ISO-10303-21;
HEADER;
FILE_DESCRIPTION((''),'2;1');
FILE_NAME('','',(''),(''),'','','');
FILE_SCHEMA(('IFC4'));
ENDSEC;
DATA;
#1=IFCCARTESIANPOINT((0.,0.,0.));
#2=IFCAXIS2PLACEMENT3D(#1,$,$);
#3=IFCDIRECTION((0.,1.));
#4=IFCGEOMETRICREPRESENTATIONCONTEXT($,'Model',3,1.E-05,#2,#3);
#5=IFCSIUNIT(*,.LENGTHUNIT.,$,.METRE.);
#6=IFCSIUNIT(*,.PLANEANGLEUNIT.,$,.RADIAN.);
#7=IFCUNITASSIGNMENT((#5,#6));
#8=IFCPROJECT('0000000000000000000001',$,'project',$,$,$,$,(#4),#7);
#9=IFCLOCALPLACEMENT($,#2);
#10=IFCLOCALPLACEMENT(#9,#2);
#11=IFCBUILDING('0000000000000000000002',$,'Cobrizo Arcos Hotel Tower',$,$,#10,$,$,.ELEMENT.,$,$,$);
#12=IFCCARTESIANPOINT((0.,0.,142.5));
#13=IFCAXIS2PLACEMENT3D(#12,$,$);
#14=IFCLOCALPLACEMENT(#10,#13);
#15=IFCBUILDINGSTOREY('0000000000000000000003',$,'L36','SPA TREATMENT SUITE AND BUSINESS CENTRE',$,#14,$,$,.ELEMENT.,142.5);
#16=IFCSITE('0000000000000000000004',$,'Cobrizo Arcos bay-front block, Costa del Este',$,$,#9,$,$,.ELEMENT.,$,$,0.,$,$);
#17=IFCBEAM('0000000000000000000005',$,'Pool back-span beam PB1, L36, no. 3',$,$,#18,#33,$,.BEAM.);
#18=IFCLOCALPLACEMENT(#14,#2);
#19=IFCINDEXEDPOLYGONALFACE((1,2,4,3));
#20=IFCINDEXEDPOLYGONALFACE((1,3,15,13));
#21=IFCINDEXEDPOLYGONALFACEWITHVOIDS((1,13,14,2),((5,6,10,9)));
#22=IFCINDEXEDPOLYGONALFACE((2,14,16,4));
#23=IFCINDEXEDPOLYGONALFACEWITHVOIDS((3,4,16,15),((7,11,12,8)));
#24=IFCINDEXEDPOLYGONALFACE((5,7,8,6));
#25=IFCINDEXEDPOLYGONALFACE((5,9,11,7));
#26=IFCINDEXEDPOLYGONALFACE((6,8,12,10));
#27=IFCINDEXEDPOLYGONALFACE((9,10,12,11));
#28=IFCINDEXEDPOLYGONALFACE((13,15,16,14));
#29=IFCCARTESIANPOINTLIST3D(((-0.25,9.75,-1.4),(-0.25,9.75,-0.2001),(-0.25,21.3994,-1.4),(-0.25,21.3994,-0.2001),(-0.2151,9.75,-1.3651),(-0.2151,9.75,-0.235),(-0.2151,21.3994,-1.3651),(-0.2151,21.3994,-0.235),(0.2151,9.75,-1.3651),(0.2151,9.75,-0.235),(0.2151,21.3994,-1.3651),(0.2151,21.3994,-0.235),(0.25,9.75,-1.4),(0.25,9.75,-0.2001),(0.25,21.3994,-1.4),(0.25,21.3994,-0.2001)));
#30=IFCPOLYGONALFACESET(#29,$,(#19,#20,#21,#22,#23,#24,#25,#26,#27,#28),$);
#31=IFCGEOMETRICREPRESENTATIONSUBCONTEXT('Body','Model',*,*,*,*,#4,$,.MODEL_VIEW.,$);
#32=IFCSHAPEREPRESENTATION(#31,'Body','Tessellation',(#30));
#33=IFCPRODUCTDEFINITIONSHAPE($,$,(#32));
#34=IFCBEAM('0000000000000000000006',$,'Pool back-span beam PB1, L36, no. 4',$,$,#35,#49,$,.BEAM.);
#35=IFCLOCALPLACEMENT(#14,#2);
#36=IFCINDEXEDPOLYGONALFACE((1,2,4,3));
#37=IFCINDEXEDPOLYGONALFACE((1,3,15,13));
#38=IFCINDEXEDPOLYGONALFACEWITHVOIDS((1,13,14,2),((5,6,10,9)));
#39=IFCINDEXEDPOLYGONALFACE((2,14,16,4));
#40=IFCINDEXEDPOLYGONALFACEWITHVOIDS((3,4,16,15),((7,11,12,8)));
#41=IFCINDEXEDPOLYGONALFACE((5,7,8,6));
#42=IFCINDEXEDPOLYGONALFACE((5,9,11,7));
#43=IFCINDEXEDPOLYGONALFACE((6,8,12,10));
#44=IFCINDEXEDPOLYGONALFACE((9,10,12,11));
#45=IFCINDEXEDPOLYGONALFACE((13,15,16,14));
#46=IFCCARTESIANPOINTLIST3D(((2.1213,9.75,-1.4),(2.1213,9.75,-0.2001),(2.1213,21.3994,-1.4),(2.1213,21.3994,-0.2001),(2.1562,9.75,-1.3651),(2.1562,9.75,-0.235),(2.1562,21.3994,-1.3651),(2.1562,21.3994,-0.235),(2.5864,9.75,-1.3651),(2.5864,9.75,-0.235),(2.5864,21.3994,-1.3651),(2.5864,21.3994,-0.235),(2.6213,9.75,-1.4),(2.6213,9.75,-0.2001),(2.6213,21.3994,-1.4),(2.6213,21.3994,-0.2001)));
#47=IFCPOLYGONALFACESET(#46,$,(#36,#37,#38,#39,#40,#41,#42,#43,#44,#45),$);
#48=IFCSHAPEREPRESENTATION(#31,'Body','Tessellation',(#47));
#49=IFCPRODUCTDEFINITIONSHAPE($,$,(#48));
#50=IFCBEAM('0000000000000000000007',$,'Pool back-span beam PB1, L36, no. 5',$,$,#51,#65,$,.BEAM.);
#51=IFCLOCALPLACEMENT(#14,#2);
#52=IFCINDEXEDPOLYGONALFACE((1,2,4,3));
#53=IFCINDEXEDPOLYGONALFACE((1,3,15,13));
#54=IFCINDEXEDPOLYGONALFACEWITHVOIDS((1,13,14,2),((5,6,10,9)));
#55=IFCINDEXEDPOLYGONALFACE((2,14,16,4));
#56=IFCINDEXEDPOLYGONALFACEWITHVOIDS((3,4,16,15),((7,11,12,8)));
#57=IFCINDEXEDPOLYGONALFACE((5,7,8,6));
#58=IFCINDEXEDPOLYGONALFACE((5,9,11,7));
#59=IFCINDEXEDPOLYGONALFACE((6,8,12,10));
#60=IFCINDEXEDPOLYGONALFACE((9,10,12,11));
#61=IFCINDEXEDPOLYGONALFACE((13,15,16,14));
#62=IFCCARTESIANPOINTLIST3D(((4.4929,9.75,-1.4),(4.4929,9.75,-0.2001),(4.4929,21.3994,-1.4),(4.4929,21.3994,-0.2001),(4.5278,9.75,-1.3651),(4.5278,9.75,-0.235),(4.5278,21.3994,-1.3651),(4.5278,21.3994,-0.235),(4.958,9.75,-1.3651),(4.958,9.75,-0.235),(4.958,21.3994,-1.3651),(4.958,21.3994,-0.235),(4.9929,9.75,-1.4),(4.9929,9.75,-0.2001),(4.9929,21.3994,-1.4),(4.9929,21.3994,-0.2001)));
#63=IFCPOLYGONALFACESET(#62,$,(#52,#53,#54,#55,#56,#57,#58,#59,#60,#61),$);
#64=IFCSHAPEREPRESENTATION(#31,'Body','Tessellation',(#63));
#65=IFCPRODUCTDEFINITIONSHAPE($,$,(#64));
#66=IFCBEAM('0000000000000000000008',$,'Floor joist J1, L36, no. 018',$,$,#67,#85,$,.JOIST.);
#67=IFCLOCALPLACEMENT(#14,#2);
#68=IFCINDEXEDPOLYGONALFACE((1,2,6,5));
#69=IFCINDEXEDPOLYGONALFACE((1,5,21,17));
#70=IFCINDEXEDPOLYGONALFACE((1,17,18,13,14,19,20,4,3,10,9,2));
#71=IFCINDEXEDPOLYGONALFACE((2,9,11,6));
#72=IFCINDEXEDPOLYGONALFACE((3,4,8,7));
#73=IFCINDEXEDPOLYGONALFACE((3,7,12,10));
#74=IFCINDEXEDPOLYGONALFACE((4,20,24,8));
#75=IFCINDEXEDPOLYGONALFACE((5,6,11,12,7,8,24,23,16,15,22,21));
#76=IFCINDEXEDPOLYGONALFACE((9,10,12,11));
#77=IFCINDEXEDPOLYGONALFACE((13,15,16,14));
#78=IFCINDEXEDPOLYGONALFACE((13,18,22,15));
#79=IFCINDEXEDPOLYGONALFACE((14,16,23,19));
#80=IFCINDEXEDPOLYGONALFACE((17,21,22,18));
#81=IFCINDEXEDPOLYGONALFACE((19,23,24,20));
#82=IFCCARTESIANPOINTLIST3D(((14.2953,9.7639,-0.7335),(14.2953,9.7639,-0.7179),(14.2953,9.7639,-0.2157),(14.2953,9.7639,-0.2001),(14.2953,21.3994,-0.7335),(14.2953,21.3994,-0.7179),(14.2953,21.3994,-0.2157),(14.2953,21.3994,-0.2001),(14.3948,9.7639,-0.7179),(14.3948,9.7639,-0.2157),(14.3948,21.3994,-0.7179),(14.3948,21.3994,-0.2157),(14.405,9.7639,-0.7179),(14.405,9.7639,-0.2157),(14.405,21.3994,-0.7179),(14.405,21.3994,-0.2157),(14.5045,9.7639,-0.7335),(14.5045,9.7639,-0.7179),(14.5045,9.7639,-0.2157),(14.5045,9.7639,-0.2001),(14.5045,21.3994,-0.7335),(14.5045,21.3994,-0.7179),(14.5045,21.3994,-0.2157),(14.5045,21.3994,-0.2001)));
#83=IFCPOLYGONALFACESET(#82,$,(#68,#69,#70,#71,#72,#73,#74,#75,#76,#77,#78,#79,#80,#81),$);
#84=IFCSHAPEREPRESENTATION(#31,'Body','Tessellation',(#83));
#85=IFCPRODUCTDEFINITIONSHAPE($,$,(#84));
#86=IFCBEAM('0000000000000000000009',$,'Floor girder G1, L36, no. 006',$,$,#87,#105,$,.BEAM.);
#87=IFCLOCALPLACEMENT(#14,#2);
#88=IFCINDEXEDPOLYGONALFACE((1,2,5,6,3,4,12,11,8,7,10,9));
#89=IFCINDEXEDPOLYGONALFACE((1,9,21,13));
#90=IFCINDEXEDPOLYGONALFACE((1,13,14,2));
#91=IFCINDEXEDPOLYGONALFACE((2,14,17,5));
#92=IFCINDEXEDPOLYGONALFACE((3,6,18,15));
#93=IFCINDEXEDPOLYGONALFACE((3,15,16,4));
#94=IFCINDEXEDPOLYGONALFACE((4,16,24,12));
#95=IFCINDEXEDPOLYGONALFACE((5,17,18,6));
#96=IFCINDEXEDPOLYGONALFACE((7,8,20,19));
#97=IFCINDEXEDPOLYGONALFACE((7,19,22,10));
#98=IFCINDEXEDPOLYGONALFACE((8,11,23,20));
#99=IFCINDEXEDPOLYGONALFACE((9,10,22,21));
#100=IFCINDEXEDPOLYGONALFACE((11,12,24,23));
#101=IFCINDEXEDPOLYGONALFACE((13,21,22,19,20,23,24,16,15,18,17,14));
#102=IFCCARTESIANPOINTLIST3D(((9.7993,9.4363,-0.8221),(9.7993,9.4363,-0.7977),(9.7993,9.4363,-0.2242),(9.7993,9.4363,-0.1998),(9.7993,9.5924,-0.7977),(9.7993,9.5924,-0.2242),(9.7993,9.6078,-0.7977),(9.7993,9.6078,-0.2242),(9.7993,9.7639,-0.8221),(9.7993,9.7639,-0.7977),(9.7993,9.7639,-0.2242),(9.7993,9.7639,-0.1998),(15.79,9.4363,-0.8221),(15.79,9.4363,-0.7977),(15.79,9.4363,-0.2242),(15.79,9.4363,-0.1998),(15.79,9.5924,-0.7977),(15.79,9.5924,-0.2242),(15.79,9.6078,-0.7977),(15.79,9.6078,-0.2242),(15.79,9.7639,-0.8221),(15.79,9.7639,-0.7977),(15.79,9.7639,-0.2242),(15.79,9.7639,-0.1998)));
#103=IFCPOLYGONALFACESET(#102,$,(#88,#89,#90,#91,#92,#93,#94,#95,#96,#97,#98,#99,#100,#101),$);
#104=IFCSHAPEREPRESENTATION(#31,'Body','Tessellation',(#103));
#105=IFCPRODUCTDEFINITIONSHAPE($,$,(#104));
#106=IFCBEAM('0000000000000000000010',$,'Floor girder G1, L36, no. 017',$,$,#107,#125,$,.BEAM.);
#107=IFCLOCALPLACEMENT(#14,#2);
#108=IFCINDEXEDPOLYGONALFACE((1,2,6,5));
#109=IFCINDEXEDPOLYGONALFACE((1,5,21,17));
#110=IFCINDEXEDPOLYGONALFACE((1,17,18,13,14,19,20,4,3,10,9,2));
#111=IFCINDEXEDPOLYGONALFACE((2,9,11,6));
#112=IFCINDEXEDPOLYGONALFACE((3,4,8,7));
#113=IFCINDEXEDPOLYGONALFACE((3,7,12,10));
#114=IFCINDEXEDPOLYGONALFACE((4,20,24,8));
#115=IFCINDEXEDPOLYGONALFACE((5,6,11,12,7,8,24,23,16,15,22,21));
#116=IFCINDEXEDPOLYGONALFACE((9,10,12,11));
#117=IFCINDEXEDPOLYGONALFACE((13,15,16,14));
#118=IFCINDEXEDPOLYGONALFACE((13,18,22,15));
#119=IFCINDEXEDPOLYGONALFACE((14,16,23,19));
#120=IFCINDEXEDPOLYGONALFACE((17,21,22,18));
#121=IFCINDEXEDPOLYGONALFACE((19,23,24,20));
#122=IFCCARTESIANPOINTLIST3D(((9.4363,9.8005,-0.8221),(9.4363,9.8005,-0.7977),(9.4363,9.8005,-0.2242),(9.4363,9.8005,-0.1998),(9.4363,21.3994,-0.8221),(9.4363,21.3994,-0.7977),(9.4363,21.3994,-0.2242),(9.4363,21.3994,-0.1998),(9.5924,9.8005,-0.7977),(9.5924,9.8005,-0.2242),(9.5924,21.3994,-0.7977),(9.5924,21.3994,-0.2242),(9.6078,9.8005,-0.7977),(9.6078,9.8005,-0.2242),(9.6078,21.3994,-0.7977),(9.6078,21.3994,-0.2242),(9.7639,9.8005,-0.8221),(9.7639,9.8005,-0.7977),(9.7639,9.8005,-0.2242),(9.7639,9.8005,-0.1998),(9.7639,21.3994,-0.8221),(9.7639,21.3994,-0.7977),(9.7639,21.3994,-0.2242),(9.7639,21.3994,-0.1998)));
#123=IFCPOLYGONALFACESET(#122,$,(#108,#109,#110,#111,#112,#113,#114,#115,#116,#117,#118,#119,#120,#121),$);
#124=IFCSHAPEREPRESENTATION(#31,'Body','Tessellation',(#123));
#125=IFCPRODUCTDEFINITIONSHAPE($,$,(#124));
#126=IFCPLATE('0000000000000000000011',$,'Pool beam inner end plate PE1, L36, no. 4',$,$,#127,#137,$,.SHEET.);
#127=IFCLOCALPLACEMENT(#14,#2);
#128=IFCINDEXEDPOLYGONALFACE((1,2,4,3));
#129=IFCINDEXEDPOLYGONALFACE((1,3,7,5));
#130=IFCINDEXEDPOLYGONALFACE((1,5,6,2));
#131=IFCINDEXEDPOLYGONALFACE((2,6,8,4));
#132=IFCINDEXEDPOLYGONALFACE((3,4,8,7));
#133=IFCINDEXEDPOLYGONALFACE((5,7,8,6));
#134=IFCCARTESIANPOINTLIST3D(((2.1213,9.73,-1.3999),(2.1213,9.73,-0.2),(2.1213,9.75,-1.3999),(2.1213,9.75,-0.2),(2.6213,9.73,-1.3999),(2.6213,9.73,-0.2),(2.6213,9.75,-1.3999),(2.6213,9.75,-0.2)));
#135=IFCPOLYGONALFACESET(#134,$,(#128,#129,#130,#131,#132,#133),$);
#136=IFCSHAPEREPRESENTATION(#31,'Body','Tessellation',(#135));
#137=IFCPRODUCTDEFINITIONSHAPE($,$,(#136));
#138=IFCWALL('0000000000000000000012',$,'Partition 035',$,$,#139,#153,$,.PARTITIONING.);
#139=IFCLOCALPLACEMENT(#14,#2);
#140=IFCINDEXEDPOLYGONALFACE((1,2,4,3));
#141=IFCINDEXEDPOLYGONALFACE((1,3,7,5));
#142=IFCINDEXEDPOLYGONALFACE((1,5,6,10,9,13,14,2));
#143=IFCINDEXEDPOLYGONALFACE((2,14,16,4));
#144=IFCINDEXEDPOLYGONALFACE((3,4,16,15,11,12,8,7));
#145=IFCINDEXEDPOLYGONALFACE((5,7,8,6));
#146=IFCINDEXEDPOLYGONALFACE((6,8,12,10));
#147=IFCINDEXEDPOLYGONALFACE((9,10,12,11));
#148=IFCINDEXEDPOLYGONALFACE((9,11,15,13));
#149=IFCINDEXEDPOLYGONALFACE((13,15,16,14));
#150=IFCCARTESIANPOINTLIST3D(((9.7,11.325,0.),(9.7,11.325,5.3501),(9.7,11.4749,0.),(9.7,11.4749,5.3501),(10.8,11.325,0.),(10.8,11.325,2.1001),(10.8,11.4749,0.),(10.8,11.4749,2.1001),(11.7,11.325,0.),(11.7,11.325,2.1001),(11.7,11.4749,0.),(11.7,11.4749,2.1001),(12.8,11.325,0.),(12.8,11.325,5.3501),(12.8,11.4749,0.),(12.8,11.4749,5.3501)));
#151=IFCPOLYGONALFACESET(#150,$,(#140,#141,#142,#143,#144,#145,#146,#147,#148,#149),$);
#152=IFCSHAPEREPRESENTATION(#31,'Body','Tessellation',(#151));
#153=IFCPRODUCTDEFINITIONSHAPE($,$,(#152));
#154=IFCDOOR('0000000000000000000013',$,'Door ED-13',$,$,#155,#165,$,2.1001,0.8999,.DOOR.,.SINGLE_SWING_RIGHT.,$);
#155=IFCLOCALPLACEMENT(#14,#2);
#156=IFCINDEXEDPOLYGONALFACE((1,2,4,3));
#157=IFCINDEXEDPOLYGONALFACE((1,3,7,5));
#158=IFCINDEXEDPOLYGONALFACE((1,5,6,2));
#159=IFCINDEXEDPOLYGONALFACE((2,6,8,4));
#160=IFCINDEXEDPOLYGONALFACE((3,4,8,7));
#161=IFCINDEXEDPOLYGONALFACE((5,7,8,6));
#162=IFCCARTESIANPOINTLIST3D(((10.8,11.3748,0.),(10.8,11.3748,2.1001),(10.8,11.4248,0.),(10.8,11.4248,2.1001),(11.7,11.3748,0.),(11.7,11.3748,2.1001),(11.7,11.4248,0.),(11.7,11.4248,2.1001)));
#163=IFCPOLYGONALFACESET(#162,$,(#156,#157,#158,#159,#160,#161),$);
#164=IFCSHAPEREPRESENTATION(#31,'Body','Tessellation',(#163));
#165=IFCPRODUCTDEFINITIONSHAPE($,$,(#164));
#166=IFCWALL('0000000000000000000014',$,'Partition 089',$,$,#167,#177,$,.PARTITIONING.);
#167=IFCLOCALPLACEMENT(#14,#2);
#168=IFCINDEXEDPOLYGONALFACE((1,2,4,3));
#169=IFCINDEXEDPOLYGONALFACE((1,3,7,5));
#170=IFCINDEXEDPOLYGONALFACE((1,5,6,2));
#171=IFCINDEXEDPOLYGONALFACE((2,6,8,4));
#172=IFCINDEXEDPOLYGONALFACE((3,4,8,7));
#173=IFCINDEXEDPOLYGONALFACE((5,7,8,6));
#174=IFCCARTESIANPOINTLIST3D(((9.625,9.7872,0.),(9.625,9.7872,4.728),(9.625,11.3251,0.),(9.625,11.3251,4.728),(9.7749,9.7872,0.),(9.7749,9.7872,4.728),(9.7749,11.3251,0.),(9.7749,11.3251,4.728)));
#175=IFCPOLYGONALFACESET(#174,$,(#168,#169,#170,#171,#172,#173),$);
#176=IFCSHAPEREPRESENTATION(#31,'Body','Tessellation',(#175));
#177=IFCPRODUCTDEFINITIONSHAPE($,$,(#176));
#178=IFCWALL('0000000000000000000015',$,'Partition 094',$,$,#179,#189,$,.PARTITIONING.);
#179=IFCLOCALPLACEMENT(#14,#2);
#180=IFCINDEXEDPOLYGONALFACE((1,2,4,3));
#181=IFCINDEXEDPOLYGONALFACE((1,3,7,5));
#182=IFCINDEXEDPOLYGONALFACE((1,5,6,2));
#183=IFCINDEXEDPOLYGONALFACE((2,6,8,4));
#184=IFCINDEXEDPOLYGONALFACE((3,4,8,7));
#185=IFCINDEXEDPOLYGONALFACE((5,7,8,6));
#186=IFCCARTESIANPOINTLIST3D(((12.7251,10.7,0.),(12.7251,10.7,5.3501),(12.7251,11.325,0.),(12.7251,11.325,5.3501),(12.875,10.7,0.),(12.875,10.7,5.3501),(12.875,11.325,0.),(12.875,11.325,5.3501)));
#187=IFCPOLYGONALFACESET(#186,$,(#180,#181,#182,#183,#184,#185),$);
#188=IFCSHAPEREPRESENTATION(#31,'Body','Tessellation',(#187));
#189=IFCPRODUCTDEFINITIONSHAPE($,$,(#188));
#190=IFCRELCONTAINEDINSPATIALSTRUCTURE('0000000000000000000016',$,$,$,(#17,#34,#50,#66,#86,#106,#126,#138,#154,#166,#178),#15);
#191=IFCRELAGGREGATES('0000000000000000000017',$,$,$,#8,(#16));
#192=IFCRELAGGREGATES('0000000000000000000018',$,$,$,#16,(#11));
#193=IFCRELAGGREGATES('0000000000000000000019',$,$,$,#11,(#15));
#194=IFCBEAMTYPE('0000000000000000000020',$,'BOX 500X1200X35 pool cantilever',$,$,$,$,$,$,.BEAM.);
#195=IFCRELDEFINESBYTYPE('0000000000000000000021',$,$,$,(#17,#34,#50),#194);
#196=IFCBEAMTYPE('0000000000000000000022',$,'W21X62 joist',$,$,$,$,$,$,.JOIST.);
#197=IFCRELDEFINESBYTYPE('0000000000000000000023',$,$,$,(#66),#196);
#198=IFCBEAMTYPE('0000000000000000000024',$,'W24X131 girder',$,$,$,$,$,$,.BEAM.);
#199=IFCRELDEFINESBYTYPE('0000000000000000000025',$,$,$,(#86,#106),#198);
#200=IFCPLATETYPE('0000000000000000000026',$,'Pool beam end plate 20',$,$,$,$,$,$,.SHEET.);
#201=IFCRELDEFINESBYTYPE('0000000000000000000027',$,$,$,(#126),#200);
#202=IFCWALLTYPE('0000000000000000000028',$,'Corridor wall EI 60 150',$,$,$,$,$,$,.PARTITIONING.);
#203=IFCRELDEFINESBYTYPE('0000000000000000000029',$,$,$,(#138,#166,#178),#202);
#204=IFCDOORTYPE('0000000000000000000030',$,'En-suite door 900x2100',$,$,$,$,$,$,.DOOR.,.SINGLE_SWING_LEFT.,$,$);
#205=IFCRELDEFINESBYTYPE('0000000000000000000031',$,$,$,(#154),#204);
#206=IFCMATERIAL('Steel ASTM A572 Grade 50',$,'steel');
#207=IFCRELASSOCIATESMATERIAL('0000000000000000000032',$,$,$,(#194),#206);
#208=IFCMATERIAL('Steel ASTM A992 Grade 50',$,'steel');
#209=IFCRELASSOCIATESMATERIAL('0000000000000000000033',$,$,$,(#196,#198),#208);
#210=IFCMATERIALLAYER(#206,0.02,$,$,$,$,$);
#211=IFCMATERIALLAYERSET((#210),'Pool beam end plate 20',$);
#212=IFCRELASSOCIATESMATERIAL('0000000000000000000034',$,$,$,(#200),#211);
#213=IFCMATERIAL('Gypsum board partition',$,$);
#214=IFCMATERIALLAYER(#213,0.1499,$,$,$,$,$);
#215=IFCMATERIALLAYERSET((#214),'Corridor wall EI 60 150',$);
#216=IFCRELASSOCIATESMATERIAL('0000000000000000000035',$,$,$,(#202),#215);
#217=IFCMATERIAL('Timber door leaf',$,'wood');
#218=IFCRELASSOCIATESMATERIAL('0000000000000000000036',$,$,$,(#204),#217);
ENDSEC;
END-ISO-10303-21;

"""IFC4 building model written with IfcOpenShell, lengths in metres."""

from ifc_helpers import new_model, si_unit, direction, frame, frame_2d, origin, origin_2d, place, context, subcontext, project, spatial, rectangle, hollow_rectangle, i_section, extrude, material, layer, layer_set, material_profile, profile_set, type_object, element, fill, save


model = new_model("IFC4")

# Units and contexts
model_context = context("Model", 3, precision=1e-05, world=origin(), true_north=direction((0.0, 1.0)))
body_context = subcontext(model_context, "Body", "Model", "MODEL_VIEW")
ifc_project = project(units=[si_unit("LENGTHUNIT", "METRE"), si_unit("PLANEANGLEUNIT", "RADIAN")], contexts=[model_context])

# Site, building, storey
site_placement = place(None, origin())
site = spatial("IfcSite", under=ifc_project, at=site_placement, Name="Cobrizo Arcos bay-front block, Costa del Este", CompositionType="ELEMENT", RefElevation=0.0)
building_placement = place(site_placement, origin())
building = spatial("IfcBuilding", under=site, at=building_placement, Name="Cobrizo Arcos Hotel Tower", CompositionType="ELEMENT")
storey_placement = place(building_placement, frame((0.0, 0.0, 142.5)))
storey = spatial("IfcBuildingStorey", under=building, at=storey_placement, Name="L36", Description="SPA TREATMENT SUITE AND BUSINESS CENTRE", CompositionType="ELEMENT", Elevation=142.5)

# Beams
ifc_material_1 = material(Name="Steel ASTM A572 Grade 50", Category="steel")
ifc_material_profile_1 = material_profile(ifc_material_1, hollow_rectangle(XDim=0.5, YDim=1.2, WallThickness=0.0349, at=origin_2d()), Name="BOX 500X1200X35")
ifc_profile_set_1 = profile_set([ifc_material_profile_1], Name="Steel ASTM A572 Grade 50")
beam_type_1 = type_object("IfcBeamType", Name="BOX 500X1200X35 pool cantilever", PredefinedType="BEAM", material=ifc_profile_set_1)
for number, where, z_axis, x_axis, name in (
    (1, (0.0, 9.75, -0.8), (0.0, 1.0, 0.0), (-1.0, 0.0, 0.0), "Pool back-span beam PB1, L36, no. 3"),
    (2, (2.3713, 9.75, -0.8), (0.0, 1.0, 0.0), (-1.0, 0.0, 0.0), "Pool back-span beam PB1, L36, no. 4"),
    (3, (4.7429, 9.75, -0.8), (0.0, 1.0, 0.0), (-1.0, 0.0, 0.0), "Pool back-span beam PB1, L36, no. 5"),
):
    element("IfcBeam", number, at=place(storey_placement, frame(where, z_axis=z_axis, x_axis=x_axis)), inside=storey, type_object=beam_type_1, Name=name, PredefinedType="BEAM", context=body_context, shape_type="SweptSolid", body=[
        extrude(hollow_rectangle(XDim=0.5, YDim=1.2, WallThickness=0.0349, at=origin_2d()), origin(), (0.0, 0.0, 1.0), 11.6494),
    ])
ifc_material_2 = material(Name="Steel ASTM A992 Grade 50", Category="steel")
ifc_material_profile_2 = material_profile(ifc_material_2, i_section(OverallWidth=0.2092, OverallDepth=0.5334, WebThickness=0.0103, FlangeThickness=0.0156, at=origin_2d()), Name="W21X62")
ifc_profile_set_2 = profile_set([ifc_material_profile_2], Name="Steel ASTM A992 Grade 50")
beam_type_2 = type_object("IfcBeamType", Name="W21X62 joist", PredefinedType="JOIST", material=ifc_profile_set_2)
beam_1_placement = place(storey_placement, frame((14.3999, 9.7639, -0.4668), z_axis=(0.0, 1.0, 0.0), x_axis=(-1.0, 0.0, 0.0)))
element("IfcBeam", 4, at=beam_1_placement, inside=storey, type_object=beam_type_2, Name="Floor joist J1, L36, no. 018", PredefinedType="JOIST", context=body_context, shape_type="SweptSolid", body=[
    extrude(i_section(OverallWidth=0.2092, OverallDepth=0.5334, WebThickness=0.0103, FlangeThickness=0.0156, at=origin_2d()), origin(), (0.0, 0.0, 1.0), 11.6355),
])
ifc_material_profile_3 = material_profile(ifc_material_2, i_section(OverallWidth=0.3276, OverallDepth=0.6223, WebThickness=0.0154, FlangeThickness=0.0244, at=origin_2d()), Name="W24X131")
ifc_profile_set_3 = profile_set([ifc_material_profile_3], Name="Steel ASTM A992 Grade 50")
beam_type_3 = type_object("IfcBeamType", Name="W24X131 girder", PredefinedType="BEAM", material=ifc_profile_set_3)
beam_2_placement = place(storey_placement, frame((9.7993, 9.6001, -0.511), z_axis=(1.0, 0.0, 0.0), x_axis=(0.0, 1.0, 0.0)))
element("IfcBeam", 5, at=beam_2_placement, inside=storey, type_object=beam_type_3, Name="Floor girder G1, L36, no. 006", PredefinedType="BEAM", context=body_context, shape_type="SweptSolid", body=[
    extrude(i_section(OverallWidth=0.3276, OverallDepth=0.6223, WebThickness=0.0154, FlangeThickness=0.0244, at=origin_2d()), origin(), (0.0, 0.0, 1.0), 5.9907),
])
beam_3_placement = place(storey_placement, frame((9.6001, 9.8005, -0.511), z_axis=(0.0, 1.0, 0.0), x_axis=(-1.0, 0.0, 0.0)))
element("IfcBeam", 6, at=beam_3_placement, inside=storey, type_object=beam_type_3, Name="Floor girder G1, L36, no. 017", PredefinedType="BEAM", context=body_context, shape_type="SweptSolid", body=[
    extrude(i_section(OverallWidth=0.3276, OverallDepth=0.6223, WebThickness=0.0154, FlangeThickness=0.0244, at=origin_2d()), origin(), (0.0, 0.0, 1.0), 11.5989),
])

# Plate
ifc_layer_1 = layer(ifc_material_1, 0.02)
ifc_layer_set_1 = layer_set([ifc_layer_1], Name="Pool beam end plate 20")
plate_type = type_object("IfcPlateType", Name="Pool beam end plate 20", PredefinedType="SHEET", material=ifc_layer_set_1)
plate_placement = place(storey_placement, frame((2.3713, 9.74, -1.3999), z_axis=(0.0, 0.0, 1.0), x_axis=(1.0, 0.0, 0.0)))
element("IfcPlate", 7, at=plate_placement, inside=storey, type_object=plate_type, Name="Pool beam inner end plate PE1, L36, no. 4", PredefinedType="SHEET", context=body_context, shape_type="SweptSolid", body=[
    extrude(rectangle(XDim=0.5, YDim=0.02, at=origin_2d()), origin(), (0.0, 0.0, 1.0), 1.2),
])

# Wall, opening, door
ifc_material_3 = material(Name="Gypsum board partition")
ifc_layer_2 = layer(ifc_material_3, 0.1499)
ifc_layer_set_2 = layer_set([ifc_layer_2], Name="Corridor wall EI 60 150")
wall_type_1 = type_object("IfcWallType", Name="Corridor wall EI 60 150", PredefinedType="PARTITIONING", material=ifc_layer_set_2)
wall_1_placement = place(storey_placement, frame((9.7, 11.3999, 0.0), z_axis=(0.0, 0.0, 1.0), x_axis=(1.0, 0.0, 0.0)))
wall_1 = element("IfcWall", 8, at=wall_1_placement, inside=storey, type_object=wall_type_1, Name="Partition 035", PredefinedType="PARTITIONING", context=body_context, shape_type="SweptSolid", body=[
    extrude(rectangle(XDim=3.1001, YDim=0.1499, at=frame_2d((1.55, 0.0))), origin(), (0.0, 0.0, 1.0), 5.3501),
])
opening_1_placement = place(wall_1_placement, frame((1.1001, 0.0, 0.0)))
opening_1 = element("IfcOpeningElement", 9, at=opening_1_placement, cuts=wall_1, PredefinedType="OPENING", context=body_context, shape_type="SweptSolid", body=[
    extrude(rectangle(XDim=0.8999, YDim=2.1001, at=frame_2d((0.45, 1.05))), frame((0.0, 0.0869, 0.0), z_axis=(0.0, -1.0, 0.0), x_axis=(1.0, 0.0, 0.0)), (0.0, 0.0, 1.0), 0.1738),
])
ifc_material_4 = material(Name="Timber door leaf", Category="wood")
door_type_1 = type_object("IfcDoorType", Name="En-suite door 900x2100", OperationType="SINGLE_SWING_LEFT", PredefinedType="DOOR", material=ifc_material_4)
door_1_placement = place(opening_1_placement, origin())
door_1 = element("IfcDoor", 10, at=door_1_placement, inside=storey, type_object=door_type_1, Name="Door ED-13", OperationType="SINGLE_SWING_RIGHT", OverallHeight=2.1001, OverallWidth=0.8999, PredefinedType="DOOR", context=body_context, shape_type="SweptSolid", body=[
    extrude(rectangle(XDim=0.8999, YDim=2.1001, at=frame_2d((0.45, 1.05))), frame((0.0, 0.0249, 0.0), z_axis=(0.0, -1.0, 0.0), x_axis=(1.0, 0.0, 0.0)), (0.0, 0.0, 1.0), 0.05),
])
fill(opening_1, door_1)

# Walls
wall_2_placement = place(storey_placement, frame((9.7, 9.7871, 0.0), z_axis=(0.0, 0.0, 1.0), x_axis=(0.0, 1.0, 0.0)))
element("IfcWall", 11, at=wall_2_placement, inside=storey, type_object=wall_type_1, Name="Partition 089", PredefinedType="PARTITIONING", context=body_context, shape_type="SweptSolid", body=[
    extrude(rectangle(XDim=1.5378, YDim=0.1499, at=frame_2d((0.769, 0.0))), origin(), (0.0, 0.0, 1.0), 4.728),
])
wall_3_placement = place(storey_placement, frame((12.8, 10.7, 0.0), z_axis=(0.0, 0.0, 1.0), x_axis=(0.0, 1.0, 0.0)))
element("IfcWall", 12, at=wall_3_placement, inside=storey, type_object=wall_type_1, Name="Partition 094", PredefinedType="PARTITIONING", context=body_context, shape_type="SweptSolid", body=[
    extrude(rectangle(XDim=0.625, YDim=0.1499, at=frame_2d((0.3125, 0.0))), origin(), (0.0, 0.0, 1.0), 5.3501),
])

save(model, "model.ifc")
